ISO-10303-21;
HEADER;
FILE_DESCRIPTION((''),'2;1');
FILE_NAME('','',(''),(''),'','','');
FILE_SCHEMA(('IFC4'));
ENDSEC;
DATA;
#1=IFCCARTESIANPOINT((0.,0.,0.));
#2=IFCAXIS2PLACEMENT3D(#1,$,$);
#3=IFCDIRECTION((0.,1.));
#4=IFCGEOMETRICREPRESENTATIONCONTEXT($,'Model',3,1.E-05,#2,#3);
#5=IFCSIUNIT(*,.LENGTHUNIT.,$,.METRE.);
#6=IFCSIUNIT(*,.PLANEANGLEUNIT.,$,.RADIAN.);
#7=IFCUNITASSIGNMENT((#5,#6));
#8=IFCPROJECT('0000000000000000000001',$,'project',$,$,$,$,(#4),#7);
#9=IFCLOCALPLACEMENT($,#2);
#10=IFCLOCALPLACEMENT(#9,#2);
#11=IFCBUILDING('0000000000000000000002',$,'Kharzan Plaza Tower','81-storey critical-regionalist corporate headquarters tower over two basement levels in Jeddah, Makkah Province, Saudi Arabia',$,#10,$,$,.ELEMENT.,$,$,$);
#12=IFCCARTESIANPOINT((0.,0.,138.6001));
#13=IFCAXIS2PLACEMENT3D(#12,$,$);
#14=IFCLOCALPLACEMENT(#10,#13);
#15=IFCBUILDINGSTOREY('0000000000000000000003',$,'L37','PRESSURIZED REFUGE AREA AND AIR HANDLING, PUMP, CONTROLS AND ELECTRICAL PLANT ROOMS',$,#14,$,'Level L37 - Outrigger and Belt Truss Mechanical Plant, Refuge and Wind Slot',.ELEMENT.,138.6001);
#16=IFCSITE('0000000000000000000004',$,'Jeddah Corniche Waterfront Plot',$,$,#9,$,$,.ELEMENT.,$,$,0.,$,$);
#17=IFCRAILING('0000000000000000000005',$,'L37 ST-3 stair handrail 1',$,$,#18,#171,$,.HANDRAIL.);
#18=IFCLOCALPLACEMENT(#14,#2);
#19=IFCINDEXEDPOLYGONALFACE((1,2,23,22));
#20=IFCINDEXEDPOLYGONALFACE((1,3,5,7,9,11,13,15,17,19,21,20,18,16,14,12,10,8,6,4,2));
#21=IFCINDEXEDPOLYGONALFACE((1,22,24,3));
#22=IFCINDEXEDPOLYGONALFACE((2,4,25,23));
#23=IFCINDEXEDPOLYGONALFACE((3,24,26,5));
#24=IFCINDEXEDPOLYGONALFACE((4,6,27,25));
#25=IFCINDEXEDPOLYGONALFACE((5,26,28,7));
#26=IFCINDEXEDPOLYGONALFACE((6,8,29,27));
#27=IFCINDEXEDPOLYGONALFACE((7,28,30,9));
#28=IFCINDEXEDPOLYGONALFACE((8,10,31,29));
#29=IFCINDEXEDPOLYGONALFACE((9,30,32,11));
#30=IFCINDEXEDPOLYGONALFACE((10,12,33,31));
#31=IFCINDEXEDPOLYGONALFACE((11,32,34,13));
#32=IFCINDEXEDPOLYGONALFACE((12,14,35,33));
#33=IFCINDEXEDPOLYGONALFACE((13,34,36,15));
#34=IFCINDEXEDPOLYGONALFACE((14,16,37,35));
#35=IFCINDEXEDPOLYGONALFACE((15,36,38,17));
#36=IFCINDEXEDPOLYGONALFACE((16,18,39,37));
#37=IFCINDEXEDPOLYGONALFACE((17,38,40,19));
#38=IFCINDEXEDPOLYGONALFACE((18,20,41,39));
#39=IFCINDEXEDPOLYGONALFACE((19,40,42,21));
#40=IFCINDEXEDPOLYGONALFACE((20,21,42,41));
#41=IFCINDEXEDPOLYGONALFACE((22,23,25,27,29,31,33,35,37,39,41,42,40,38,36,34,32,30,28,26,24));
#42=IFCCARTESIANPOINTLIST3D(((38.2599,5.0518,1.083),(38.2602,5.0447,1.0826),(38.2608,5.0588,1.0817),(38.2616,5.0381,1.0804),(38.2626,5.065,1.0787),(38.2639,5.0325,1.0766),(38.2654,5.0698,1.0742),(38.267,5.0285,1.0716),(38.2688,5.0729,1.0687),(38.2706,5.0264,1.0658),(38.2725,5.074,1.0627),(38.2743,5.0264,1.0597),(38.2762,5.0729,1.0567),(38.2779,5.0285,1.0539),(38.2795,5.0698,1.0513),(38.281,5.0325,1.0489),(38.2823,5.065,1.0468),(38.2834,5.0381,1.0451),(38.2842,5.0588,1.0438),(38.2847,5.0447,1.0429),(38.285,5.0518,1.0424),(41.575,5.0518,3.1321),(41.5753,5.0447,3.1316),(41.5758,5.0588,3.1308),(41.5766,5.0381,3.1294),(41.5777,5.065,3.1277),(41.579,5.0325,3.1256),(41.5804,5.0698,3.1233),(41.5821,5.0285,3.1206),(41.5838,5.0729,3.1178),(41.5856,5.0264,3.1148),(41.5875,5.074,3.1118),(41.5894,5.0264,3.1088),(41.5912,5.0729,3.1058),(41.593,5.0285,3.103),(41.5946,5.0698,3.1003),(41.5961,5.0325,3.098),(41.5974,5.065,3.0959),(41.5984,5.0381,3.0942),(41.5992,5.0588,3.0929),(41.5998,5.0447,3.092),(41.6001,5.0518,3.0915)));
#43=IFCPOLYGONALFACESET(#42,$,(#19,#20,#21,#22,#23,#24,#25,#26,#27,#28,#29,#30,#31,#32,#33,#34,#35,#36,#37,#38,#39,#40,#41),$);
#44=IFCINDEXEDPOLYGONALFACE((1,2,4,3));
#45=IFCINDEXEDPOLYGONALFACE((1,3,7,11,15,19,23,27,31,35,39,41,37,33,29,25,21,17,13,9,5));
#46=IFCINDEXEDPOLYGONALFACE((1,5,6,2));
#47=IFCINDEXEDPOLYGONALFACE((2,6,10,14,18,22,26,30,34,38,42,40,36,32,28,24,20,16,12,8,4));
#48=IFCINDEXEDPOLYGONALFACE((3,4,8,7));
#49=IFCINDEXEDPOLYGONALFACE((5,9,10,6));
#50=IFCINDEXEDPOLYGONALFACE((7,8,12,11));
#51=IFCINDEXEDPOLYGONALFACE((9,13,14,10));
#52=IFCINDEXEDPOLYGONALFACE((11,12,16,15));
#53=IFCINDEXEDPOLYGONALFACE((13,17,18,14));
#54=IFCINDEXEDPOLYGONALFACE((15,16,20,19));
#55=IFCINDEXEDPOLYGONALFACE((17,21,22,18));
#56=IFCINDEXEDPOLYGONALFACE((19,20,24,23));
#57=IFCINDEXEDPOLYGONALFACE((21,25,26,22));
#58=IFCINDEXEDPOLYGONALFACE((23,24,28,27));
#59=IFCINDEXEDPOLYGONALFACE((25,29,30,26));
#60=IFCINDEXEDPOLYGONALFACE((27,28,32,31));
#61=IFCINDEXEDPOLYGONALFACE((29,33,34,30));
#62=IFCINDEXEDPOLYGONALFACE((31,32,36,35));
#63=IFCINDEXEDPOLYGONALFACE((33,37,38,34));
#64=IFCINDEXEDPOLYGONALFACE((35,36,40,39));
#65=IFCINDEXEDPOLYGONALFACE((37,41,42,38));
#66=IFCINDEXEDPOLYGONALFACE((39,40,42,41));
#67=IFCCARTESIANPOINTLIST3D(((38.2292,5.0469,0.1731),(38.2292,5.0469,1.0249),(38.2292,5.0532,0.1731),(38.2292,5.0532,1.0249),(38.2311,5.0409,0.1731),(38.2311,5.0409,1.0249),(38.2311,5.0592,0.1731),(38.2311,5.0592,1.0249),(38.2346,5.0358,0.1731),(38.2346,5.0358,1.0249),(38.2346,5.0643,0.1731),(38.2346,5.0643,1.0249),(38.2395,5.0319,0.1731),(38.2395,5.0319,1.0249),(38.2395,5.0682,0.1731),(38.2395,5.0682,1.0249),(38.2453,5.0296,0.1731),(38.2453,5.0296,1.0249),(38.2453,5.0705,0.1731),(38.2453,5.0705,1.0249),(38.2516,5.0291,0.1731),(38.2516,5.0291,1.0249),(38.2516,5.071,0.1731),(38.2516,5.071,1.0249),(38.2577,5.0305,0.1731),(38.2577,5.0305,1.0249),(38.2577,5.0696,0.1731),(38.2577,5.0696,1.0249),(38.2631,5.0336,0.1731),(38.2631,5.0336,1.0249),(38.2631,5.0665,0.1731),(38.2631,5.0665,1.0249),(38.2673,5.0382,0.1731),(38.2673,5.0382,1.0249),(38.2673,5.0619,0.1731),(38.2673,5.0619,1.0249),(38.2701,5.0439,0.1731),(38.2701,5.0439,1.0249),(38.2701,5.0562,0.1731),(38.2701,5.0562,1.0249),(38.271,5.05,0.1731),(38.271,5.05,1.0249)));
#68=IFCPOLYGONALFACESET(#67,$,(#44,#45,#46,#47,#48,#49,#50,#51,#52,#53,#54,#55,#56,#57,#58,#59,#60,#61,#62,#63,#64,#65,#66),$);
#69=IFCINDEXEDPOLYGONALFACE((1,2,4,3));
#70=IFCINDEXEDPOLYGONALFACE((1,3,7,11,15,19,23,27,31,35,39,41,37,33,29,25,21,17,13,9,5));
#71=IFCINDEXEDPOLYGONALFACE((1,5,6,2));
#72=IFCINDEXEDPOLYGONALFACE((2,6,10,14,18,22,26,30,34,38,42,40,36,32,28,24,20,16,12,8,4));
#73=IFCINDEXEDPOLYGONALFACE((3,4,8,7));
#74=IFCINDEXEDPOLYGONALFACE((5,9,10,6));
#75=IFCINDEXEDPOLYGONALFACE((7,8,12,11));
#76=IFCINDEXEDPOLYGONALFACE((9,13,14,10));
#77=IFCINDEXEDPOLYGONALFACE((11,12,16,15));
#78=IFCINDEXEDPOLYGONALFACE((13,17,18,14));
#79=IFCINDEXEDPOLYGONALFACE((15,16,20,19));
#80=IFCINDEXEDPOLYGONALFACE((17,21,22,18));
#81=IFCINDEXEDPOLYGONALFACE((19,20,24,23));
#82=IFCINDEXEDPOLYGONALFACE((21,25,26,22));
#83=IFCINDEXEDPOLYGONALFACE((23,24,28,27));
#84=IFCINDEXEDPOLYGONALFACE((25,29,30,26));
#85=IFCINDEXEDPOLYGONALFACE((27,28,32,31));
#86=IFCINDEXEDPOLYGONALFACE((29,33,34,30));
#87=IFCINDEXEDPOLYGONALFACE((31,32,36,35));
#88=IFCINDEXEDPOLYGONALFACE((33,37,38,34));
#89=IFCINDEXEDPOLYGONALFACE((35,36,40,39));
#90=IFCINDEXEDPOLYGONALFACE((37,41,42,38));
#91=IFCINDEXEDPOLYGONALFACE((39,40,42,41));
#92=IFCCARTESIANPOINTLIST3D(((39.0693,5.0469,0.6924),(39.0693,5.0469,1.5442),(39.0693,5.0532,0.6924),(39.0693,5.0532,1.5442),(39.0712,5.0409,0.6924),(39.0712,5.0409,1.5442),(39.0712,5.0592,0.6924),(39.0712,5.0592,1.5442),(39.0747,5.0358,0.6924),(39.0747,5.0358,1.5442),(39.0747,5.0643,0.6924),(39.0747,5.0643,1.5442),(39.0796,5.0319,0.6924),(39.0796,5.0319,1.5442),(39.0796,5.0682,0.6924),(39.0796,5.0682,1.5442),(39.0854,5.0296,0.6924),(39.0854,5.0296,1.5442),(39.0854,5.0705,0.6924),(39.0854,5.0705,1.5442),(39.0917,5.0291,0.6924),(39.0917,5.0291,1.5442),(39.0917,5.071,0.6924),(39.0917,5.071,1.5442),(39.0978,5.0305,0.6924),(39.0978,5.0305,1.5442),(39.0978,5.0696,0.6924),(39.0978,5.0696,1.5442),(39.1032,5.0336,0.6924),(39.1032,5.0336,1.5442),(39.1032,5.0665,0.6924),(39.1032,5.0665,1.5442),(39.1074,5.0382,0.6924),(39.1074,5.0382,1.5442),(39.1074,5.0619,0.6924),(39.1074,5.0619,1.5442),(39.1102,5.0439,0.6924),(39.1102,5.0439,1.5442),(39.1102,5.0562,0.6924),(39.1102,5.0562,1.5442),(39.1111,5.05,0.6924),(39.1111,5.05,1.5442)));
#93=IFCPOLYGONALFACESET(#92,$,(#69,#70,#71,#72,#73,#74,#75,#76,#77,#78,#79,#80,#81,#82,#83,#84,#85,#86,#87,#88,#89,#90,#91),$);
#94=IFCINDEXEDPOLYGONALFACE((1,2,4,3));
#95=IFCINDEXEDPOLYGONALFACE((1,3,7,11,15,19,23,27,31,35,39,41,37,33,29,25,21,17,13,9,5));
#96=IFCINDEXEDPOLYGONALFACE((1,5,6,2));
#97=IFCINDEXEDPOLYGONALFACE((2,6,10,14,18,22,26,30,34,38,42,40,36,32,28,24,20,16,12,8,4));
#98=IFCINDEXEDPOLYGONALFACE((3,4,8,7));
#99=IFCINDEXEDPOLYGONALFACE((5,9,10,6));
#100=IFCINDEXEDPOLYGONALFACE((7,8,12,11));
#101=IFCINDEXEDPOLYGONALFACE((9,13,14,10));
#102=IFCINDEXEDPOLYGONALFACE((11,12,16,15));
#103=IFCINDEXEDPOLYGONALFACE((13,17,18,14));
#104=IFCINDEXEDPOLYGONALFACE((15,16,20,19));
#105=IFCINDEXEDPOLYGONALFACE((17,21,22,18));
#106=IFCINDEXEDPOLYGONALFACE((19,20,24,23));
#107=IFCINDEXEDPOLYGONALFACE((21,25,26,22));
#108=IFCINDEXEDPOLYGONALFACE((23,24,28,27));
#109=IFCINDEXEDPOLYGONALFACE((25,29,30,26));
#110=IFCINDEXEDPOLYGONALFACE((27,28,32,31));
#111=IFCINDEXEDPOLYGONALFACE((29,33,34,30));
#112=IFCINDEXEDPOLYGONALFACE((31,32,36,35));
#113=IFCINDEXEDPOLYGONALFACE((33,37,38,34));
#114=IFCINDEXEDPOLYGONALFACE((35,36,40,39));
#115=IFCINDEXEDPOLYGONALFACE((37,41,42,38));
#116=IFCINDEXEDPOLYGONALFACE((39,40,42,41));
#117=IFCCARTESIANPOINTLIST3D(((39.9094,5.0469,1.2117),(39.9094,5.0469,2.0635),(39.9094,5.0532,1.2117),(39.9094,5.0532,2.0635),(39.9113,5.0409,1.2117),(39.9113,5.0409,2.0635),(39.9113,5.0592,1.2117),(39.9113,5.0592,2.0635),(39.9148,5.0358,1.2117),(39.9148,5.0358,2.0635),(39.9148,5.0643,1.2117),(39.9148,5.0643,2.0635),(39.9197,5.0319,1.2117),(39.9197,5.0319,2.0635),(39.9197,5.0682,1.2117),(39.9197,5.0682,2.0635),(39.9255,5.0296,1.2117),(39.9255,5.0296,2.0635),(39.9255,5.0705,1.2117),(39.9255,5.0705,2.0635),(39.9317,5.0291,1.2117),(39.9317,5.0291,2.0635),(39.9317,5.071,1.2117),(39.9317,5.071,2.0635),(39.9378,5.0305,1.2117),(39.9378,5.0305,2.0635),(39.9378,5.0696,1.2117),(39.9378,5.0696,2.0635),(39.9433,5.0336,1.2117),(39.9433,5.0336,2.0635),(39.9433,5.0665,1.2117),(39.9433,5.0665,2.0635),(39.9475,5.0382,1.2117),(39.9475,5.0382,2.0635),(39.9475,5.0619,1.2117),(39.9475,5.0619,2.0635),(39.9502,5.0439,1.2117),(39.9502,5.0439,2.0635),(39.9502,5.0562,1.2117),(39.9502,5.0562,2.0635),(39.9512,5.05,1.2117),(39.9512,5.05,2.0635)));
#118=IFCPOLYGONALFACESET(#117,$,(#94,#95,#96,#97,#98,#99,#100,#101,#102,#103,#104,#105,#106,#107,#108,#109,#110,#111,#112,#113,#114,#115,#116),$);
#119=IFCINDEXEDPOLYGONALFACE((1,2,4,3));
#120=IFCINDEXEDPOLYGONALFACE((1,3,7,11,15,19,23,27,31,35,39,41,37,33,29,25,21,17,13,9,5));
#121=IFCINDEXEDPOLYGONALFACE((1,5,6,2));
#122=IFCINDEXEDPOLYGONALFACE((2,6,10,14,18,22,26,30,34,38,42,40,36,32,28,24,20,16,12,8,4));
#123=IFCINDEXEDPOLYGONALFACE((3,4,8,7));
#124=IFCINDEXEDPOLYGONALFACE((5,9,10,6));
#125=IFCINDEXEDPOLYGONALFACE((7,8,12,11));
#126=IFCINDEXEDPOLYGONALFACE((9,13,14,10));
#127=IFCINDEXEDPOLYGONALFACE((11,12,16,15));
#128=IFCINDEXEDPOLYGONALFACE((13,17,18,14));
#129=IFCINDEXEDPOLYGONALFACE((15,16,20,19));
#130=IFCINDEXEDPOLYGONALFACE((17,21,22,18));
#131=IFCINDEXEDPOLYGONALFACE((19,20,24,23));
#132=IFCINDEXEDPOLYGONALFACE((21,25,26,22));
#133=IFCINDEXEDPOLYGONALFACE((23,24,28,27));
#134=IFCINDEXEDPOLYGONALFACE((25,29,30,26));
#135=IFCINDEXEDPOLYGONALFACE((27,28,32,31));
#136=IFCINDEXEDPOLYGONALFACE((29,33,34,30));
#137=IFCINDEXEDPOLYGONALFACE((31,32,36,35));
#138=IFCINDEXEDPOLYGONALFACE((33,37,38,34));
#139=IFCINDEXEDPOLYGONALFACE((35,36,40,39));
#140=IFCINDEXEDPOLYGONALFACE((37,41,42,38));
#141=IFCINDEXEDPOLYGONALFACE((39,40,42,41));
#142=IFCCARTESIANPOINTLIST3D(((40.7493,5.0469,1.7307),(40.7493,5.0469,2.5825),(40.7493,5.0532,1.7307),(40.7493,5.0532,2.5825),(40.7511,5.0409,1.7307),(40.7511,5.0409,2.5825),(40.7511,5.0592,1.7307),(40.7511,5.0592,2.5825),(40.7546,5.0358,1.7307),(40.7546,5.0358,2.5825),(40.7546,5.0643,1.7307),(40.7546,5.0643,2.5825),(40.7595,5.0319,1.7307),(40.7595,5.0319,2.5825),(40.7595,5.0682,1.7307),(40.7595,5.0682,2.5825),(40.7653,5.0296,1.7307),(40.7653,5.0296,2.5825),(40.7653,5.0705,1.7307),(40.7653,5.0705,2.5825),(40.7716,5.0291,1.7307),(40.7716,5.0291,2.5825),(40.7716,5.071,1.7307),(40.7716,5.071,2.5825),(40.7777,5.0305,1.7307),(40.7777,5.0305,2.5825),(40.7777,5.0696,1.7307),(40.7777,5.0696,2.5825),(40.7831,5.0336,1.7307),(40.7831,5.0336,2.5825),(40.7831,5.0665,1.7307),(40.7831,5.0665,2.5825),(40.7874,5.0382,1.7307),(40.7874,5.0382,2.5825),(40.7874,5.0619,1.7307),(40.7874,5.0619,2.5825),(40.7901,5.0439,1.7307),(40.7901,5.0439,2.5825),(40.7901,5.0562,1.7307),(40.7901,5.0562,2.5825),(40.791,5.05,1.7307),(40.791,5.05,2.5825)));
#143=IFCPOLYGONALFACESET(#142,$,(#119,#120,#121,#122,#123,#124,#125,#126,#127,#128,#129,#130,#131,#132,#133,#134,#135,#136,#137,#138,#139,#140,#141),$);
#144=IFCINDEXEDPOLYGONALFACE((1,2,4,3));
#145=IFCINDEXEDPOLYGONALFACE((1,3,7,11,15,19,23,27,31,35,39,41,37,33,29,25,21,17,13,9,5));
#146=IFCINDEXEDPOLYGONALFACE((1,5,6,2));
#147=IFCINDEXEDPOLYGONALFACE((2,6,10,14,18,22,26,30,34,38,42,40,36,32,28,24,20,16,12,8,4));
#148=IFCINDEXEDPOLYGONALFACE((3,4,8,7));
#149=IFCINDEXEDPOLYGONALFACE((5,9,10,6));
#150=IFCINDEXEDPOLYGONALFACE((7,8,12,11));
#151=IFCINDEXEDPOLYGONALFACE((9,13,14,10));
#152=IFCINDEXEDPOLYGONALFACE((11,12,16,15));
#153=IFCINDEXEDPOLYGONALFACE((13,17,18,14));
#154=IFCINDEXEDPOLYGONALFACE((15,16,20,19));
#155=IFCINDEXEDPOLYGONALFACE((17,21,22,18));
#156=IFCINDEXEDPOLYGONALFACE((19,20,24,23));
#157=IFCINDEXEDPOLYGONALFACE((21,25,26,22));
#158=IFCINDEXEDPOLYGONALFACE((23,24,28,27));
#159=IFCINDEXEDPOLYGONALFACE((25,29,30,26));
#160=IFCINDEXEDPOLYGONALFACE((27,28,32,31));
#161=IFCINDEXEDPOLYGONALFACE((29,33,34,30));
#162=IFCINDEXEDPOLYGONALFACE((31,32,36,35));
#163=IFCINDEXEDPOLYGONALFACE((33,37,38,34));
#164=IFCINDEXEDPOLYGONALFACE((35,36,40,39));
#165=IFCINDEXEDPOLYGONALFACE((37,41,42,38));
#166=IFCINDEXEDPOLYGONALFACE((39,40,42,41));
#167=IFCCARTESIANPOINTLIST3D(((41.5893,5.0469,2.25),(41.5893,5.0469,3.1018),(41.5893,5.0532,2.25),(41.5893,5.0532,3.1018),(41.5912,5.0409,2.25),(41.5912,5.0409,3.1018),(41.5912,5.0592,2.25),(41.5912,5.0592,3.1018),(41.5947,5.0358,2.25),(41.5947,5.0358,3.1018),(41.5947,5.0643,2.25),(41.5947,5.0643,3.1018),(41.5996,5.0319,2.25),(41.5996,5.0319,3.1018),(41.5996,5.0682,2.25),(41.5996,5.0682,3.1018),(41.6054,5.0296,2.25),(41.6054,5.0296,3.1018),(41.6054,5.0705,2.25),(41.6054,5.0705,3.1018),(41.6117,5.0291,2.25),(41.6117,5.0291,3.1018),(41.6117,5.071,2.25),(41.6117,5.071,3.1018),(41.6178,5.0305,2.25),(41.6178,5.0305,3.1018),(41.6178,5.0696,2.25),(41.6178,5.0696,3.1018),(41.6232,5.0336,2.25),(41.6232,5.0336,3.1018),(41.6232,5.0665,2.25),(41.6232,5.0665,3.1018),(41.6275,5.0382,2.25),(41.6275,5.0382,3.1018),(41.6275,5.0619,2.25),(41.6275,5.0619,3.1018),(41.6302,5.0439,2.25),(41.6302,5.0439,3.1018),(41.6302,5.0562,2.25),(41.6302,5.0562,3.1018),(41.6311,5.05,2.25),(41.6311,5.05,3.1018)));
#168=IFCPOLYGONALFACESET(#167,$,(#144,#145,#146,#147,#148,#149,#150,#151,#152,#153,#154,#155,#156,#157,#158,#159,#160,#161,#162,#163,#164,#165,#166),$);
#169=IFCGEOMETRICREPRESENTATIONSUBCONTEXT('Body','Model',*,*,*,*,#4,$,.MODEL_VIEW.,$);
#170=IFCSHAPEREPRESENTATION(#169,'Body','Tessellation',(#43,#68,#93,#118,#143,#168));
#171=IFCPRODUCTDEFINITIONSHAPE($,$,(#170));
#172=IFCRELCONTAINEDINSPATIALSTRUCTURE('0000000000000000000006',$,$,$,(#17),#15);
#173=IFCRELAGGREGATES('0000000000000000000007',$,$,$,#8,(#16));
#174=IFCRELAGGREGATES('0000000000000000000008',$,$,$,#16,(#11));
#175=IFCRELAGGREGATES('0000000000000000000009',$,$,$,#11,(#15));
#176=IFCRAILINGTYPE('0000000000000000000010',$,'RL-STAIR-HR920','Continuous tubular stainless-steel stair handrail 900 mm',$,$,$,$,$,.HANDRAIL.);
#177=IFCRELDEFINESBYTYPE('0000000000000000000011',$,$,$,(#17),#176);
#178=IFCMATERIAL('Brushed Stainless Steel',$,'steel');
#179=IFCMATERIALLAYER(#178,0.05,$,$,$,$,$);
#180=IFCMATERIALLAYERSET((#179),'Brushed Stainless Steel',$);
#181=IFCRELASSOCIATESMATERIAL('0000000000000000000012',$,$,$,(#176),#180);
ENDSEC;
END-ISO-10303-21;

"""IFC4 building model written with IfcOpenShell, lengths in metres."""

from ifc_helpers import new_model, si_unit, direction, frame, origin, origin_2d, place, context, subcontext, project, spatial, circle, extrude, source, transform, mapped, material, layer, layer_set, type_object, element, save


model = new_model("IFC4")

# Units and contexts
model_context = context("Model", 3, precision=1e-05, world=origin(), true_north=direction((0.0, 1.0)))
body_context = subcontext(model_context, "Body", "Model", "MODEL_VIEW")
ifc_project = project(units=[si_unit("LENGTHUNIT", "METRE"), si_unit("PLANEANGLEUNIT", "RADIAN")], contexts=[model_context])

# Site, building, storey
site_placement = place(None, origin())
site = spatial("IfcSite", under=ifc_project, at=site_placement, Name="Jeddah Corniche Waterfront Plot", CompositionType="ELEMENT", RefElevation=0.0)
building_placement = place(site_placement, origin())
building = spatial("IfcBuilding", under=site, at=building_placement, Name="Kharzan Plaza Tower", Description="81-storey critical-regionalist corporate headquarters tower over two basement levels in Jeddah, Makkah Province, Saudi Arabia", CompositionType="ELEMENT")
storey_placement = place(building_placement, frame((0.0, 0.0, 138.6001)))
storey = spatial("IfcBuildingStorey", under=building, at=storey_placement, Name="L37", Description="PRESSURIZED REFUGE AREA AND AIR HANDLING, PUMP, CONTROLS AND ELECTRICAL PLANT ROOMS", LongName="Level L37 - Outrigger and Belt Truss Mechanical Plant, Refuge and Wind Slot", CompositionType="ELEMENT", Elevation=138.6001)

# Shared definitions
ifc_material_1 = material(Name="Brushed Stainless Steel", Category="steel")

# Railing
ifc_layer_1 = layer(ifc_material_1, 0.05)
ifc_layer_set_1 = layer_set([ifc_layer_1], Name="Brushed Stainless Steel")
railing_type_1 = type_object("IfcRailingType", Name="RL-STAIR-HR920", Description="Continuous tubular stainless-steel stair handrail 900 mm", PredefinedType="HANDRAIL", material=ifc_layer_set_1)
shared_shape_1 = source(origin(), body_context, "Body", "SweptSolid", [
    extrude(circle(Radius=0.0239, at=origin_2d()), frame((0.0225, 0.0, 0.8896), z_axis=(0.850623, 0.0, 0.525776), x_axis=(0.0, 1.0, 0.0)), (0.0, 0.0, 1.0), 3.8972),
    extrude(circle(Radius=0.021, at=origin_2d()), origin(), (0.0, 0.0, 1.0), 0.8518),
    extrude(circle(Radius=0.021, at=origin_2d()), frame((0.8401, 0.0, 0.5193)), (0.0, 0.0, 1.0), 0.8518),
    extrude(circle(Radius=0.021, at=origin_2d()), frame((1.6802, 0.0, 1.0386)), (0.0, 0.0, 1.0), 0.8518),
    extrude(circle(Radius=0.021, at=origin_2d()), frame((2.52, 0.0, 1.5576)), (0.0, 0.0, 1.0), 0.8518),
    extrude(circle(Radius=0.021, at=origin_2d()), frame((3.3601, 0.0, 2.0769)), (0.0, 0.0, 1.0), 0.8518),
])
railing_1_placement = place(storey_placement, frame((38.25, 5.05, 0.1731)))
element("IfcRailing", 1, at=railing_1_placement, inside=storey, type_object=railing_type_1, Name="L37 ST-3 stair handrail 1", PredefinedType="HANDRAIL", context=body_context, shape_type="MappedRepresentation", body=[
    mapped(shared_shape_1, transform((0.0, 0.0, 0.0), x_axis=(1.0, 0.0, 0.0), y_axis=(0.0, 1.0, 0.0), z_axis=(0.0, 0.0, 1.0))),
])

save(model, "model.ifc")
